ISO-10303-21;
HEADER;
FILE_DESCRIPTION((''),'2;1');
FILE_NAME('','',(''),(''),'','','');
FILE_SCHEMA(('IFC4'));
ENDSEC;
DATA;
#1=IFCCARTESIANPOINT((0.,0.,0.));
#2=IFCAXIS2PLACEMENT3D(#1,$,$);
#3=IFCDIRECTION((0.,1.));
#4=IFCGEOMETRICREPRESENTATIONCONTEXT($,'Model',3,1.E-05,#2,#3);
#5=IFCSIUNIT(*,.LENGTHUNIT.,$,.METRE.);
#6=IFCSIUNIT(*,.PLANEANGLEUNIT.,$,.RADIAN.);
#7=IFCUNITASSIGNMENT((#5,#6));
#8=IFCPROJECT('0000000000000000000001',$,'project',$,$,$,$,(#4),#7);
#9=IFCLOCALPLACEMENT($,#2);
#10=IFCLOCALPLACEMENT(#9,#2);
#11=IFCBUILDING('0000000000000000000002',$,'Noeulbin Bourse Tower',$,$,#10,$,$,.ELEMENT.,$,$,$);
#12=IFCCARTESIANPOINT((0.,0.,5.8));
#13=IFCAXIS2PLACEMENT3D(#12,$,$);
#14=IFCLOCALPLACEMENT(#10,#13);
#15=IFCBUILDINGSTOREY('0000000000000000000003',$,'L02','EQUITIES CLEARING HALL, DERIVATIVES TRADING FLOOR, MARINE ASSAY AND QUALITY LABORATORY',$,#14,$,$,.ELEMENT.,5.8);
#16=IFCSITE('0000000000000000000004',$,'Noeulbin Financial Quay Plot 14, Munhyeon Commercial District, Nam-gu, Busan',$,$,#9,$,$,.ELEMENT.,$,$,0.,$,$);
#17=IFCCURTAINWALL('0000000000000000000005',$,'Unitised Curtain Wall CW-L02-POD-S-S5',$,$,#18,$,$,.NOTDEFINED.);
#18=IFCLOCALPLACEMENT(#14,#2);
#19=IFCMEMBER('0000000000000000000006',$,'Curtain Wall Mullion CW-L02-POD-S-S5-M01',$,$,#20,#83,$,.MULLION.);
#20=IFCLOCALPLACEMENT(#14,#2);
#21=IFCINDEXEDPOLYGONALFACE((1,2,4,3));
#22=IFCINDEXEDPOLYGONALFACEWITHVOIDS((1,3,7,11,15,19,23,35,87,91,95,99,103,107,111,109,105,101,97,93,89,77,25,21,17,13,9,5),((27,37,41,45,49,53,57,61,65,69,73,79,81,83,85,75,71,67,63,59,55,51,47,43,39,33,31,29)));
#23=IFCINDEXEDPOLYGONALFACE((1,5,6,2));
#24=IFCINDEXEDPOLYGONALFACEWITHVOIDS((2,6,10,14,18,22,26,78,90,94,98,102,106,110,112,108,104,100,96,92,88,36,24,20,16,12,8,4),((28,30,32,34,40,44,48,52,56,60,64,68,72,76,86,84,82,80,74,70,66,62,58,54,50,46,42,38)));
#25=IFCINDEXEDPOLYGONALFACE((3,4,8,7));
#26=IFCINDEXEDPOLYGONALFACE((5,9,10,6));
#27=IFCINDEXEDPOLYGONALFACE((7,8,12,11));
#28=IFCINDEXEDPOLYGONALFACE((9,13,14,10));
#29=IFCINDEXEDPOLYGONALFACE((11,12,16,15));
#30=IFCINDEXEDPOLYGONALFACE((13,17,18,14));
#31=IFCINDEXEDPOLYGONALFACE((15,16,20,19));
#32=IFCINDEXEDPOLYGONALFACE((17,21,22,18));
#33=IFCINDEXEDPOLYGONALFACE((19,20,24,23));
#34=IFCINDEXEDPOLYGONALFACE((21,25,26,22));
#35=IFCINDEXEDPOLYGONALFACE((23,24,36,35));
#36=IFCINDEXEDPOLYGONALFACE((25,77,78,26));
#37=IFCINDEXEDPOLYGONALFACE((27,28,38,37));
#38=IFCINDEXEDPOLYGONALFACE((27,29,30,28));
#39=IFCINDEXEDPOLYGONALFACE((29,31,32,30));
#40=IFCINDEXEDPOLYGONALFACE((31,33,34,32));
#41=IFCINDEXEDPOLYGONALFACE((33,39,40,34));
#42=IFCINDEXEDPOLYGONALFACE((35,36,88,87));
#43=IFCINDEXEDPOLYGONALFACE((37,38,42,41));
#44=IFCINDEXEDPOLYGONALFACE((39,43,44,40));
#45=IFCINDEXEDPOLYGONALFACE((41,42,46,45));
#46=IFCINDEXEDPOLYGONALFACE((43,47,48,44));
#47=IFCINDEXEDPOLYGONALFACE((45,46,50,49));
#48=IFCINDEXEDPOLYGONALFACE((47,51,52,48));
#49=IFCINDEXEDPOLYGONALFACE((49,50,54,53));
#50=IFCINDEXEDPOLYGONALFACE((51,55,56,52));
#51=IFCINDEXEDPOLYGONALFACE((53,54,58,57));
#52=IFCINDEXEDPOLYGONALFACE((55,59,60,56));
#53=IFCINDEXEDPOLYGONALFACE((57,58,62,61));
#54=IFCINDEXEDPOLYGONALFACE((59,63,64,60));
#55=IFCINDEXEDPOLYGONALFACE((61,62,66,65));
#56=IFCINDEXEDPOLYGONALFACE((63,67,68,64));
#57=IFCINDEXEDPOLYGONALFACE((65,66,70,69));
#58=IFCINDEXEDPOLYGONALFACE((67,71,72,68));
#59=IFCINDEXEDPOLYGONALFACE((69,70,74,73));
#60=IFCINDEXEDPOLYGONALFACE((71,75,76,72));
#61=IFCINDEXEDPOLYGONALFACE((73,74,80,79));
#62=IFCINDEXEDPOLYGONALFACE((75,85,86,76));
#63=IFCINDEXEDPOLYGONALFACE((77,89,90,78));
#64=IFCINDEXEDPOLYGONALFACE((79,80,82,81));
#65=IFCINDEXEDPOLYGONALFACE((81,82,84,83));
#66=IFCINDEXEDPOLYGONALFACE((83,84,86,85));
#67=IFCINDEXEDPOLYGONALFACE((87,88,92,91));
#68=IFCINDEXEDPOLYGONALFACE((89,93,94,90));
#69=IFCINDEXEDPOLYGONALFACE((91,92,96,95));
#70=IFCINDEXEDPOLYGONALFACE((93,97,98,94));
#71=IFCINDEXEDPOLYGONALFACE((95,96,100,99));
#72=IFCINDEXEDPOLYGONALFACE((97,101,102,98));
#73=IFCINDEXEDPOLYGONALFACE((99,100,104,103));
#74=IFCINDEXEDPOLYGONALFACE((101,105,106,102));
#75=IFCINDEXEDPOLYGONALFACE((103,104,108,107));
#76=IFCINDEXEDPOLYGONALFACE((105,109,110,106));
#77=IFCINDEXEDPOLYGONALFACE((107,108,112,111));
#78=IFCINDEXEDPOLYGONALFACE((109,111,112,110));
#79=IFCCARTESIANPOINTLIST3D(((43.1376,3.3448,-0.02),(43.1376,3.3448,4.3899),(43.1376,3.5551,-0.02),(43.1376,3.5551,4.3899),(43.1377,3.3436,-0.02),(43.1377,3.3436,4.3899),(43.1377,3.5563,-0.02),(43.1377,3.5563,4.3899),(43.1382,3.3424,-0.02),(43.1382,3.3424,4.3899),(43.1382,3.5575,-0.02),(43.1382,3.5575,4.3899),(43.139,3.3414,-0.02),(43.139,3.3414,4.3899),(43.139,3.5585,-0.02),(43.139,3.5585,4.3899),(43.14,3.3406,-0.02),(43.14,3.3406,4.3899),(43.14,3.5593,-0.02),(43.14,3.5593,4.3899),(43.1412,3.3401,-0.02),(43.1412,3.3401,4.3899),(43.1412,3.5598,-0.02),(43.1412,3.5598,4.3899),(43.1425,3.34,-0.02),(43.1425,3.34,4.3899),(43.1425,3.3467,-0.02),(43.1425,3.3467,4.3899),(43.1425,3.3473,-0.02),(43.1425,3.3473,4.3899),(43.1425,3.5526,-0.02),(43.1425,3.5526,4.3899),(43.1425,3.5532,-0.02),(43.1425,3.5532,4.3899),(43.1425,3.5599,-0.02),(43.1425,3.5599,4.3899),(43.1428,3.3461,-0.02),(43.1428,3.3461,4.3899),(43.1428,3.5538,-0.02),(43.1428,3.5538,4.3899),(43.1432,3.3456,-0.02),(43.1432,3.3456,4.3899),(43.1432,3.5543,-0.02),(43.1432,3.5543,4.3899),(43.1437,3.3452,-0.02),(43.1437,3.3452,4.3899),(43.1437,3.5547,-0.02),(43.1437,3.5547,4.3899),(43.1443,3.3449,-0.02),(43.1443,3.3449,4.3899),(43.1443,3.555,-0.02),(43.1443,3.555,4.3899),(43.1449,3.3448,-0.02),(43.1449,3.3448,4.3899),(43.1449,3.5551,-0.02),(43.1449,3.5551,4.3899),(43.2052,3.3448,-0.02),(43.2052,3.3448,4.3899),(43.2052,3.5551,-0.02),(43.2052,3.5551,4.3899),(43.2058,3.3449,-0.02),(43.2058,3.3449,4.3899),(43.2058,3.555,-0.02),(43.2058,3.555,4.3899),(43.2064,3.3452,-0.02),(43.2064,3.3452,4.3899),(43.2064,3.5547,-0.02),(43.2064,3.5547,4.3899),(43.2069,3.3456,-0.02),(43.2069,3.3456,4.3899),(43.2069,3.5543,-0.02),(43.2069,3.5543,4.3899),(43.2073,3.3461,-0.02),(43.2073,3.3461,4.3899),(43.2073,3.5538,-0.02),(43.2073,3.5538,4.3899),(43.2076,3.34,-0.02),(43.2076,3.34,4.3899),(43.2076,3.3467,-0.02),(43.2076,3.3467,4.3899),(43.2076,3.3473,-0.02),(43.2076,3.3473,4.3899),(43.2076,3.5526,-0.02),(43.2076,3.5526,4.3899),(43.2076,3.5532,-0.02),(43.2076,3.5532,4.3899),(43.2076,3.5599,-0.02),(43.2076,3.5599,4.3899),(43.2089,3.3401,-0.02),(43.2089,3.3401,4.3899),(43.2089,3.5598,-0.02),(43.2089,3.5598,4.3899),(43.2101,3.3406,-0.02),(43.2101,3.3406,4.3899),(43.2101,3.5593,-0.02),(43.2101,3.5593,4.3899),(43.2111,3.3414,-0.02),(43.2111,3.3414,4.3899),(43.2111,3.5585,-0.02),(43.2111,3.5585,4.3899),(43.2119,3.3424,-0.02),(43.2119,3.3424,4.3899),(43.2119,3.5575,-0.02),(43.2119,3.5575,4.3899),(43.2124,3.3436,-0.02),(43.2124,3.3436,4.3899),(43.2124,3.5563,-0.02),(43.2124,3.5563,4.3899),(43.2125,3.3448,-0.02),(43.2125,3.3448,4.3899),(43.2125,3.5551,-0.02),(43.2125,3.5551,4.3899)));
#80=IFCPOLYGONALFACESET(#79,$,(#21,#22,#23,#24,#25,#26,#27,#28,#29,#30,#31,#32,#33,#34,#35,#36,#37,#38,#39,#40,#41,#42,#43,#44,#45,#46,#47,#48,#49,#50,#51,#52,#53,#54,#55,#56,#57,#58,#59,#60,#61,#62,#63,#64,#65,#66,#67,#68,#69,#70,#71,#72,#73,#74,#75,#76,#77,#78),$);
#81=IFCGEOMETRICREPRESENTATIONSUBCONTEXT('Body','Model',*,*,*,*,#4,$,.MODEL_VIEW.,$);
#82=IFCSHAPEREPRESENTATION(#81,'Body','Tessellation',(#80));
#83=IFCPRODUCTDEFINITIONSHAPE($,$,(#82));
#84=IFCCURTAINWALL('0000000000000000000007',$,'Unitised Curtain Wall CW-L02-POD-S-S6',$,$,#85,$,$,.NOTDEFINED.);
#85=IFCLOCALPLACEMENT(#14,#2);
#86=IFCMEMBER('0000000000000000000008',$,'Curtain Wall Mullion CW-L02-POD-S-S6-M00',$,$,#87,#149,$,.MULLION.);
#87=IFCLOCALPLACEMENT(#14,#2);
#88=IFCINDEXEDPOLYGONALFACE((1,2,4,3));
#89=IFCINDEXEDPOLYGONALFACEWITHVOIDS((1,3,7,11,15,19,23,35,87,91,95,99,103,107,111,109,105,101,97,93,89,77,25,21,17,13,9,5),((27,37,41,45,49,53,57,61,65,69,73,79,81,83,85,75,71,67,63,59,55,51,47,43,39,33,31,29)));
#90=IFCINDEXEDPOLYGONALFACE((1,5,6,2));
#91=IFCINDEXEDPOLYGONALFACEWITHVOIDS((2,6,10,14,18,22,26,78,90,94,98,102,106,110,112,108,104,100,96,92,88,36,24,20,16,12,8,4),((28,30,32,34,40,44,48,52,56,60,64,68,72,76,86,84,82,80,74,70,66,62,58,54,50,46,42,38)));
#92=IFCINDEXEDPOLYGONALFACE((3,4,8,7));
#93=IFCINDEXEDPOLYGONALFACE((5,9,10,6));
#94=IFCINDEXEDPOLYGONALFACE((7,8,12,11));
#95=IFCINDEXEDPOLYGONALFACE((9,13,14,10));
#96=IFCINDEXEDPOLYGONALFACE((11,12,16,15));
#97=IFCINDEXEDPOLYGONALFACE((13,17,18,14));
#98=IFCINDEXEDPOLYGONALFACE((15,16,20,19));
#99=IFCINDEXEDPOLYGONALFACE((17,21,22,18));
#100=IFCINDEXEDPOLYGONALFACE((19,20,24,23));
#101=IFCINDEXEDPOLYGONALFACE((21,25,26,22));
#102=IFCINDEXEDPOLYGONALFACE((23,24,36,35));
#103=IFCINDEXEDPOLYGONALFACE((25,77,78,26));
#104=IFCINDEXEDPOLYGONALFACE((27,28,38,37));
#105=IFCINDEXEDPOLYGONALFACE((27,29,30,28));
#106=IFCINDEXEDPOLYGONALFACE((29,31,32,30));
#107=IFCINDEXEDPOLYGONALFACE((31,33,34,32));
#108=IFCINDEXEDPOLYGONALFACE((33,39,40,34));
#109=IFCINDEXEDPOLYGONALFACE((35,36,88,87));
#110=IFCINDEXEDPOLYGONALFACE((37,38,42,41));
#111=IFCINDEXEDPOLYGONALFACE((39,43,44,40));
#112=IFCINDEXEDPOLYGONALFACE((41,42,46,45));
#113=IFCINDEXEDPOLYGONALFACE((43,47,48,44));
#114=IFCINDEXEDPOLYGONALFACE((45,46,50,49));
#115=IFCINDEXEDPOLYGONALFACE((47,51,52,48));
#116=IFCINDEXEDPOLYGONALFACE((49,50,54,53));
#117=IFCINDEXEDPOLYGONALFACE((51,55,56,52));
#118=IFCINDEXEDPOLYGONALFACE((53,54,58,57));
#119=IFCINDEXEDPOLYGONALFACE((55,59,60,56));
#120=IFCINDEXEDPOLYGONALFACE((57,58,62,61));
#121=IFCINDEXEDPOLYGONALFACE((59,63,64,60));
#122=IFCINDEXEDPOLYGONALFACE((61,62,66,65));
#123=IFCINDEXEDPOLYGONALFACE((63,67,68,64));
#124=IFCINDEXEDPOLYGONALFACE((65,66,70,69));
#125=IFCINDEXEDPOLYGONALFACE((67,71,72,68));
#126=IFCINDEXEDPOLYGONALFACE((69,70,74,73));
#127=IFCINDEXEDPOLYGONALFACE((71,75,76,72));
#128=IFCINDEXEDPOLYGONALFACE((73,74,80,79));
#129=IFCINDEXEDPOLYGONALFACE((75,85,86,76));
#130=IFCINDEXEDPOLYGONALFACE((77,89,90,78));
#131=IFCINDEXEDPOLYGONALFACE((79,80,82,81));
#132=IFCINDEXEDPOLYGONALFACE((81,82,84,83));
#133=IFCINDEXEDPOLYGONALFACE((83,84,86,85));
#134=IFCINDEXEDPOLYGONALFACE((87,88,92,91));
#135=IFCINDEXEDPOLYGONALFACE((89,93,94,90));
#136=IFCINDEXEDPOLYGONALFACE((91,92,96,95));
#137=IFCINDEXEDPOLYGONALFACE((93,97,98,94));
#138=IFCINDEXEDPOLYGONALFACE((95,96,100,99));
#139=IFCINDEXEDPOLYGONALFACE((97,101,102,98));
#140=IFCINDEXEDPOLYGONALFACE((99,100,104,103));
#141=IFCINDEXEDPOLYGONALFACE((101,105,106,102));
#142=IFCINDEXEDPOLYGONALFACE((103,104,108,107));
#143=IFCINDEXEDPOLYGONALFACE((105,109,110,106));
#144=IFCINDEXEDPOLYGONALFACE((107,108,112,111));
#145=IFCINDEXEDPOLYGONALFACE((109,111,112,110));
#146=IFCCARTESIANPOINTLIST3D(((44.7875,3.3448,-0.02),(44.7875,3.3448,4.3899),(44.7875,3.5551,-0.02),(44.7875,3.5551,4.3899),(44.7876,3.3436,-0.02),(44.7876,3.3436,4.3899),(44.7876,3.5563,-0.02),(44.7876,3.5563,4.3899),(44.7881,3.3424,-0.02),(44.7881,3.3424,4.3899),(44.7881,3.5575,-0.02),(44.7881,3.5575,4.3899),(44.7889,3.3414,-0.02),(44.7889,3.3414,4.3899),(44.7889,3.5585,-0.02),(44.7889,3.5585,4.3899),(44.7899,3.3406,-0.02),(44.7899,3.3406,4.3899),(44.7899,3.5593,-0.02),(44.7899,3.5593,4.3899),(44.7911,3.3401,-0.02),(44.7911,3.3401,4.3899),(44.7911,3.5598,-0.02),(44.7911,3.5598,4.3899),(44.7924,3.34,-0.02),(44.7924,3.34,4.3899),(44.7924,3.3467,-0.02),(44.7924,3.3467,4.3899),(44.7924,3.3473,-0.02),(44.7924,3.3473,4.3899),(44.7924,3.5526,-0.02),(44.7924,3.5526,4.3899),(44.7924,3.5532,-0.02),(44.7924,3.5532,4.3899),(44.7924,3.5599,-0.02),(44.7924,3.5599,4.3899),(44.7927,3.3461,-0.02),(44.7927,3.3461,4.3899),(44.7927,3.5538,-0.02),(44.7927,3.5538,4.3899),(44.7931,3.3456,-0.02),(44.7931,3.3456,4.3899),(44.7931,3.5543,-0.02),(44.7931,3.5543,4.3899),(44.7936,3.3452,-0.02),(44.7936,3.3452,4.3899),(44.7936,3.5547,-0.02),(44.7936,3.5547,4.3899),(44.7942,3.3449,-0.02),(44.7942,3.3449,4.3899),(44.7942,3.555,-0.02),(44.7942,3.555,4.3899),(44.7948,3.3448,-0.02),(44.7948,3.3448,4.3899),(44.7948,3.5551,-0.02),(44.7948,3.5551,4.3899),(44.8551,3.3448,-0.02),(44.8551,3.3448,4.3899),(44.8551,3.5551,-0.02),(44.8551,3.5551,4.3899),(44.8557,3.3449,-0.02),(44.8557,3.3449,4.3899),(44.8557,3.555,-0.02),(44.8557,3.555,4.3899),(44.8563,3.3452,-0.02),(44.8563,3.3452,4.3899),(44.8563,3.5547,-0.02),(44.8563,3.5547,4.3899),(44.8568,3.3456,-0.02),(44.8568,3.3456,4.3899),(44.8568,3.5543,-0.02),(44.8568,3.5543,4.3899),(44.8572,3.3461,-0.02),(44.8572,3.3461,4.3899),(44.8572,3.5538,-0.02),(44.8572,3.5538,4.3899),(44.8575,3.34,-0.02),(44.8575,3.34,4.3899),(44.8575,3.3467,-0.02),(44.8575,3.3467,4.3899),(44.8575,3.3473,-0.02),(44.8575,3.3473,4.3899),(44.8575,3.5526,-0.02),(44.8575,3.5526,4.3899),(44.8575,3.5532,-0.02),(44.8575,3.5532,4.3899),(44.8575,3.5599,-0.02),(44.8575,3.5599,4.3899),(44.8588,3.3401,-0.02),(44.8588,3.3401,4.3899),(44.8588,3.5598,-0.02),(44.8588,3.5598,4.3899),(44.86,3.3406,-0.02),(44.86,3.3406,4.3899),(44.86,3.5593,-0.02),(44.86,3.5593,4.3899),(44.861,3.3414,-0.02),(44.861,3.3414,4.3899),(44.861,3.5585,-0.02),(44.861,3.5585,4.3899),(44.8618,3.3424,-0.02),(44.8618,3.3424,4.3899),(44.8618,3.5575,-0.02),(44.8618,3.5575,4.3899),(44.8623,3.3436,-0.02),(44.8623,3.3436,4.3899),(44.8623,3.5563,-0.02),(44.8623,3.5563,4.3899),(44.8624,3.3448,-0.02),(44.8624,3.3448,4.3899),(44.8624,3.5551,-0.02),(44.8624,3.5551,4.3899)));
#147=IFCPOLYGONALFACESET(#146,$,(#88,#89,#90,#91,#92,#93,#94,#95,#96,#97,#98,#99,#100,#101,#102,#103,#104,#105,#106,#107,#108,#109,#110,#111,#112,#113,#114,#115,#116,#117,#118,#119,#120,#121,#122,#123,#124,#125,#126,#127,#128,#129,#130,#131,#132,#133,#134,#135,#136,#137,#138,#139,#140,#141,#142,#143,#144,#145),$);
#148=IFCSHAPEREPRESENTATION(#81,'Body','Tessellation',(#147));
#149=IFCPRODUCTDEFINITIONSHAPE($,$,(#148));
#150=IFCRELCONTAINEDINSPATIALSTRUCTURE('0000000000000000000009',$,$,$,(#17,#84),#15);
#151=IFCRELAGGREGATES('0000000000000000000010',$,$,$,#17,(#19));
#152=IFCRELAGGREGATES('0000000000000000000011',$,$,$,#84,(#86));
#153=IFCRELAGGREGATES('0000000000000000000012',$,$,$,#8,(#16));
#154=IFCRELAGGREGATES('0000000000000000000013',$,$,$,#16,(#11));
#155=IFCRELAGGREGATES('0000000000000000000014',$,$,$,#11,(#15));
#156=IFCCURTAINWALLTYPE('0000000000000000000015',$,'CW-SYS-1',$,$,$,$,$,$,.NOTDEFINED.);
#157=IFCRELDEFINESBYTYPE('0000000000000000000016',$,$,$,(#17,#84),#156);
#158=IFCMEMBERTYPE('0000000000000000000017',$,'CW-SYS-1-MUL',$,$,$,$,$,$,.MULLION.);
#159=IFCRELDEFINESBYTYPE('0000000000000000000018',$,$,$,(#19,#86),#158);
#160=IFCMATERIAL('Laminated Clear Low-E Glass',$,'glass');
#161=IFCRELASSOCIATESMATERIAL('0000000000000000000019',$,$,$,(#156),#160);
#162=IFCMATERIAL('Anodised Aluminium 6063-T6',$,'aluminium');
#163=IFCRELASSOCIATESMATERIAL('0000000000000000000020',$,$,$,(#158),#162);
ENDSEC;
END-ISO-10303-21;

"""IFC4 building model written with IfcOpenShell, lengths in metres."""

from ifc_helpers import new_model, si_unit, direction, frame, origin, origin_2d, place, context, subcontext, project, spatial, hollow_rectangle, extrude, material, material_profile, profile_set, type_object, element, aggregate, save


model = new_model("IFC4")

# Units and contexts
model_context = context("Model", 3, precision=1e-05, world=origin(), true_north=direction((0.0, 1.0)))
body_context = subcontext(model_context, "Body", "Model", "MODEL_VIEW")
ifc_project = project(units=[si_unit("LENGTHUNIT", "METRE"), si_unit("PLANEANGLEUNIT", "RADIAN")], contexts=[model_context])

# Site, building, storey
site_placement = place(None, origin())
site = spatial("IfcSite", under=ifc_project, at=site_placement, Name="Noeulbin Financial Quay Plot 14, Munhyeon Commercial District, Nam-gu, Busan", CompositionType="ELEMENT", RefElevation=0.0)
building_placement = place(site_placement, origin())
building = spatial("IfcBuilding", under=site, at=building_placement, Name="Noeulbin Bourse Tower", CompositionType="ELEMENT")
storey_placement = place(building_placement, frame((0.0, 0.0, 5.8)))
storey = spatial("IfcBuildingStorey", under=building, at=storey_placement, Name="L02", Description="EQUITIES CLEARING HALL, DERIVATIVES TRADING FLOOR, MARINE ASSAY AND QUALITY LABORATORY", CompositionType="ELEMENT", Elevation=5.8)

# Curtain wall, member
ifc_material_1 = material(Name="Laminated Clear Low-E Glass", Category="glass")
curtain_wall_type = type_object("IfcCurtainWallType", Name="CW-SYS-1", PredefinedType="NOTDEFINED", material=ifc_material_1)
curtain_wall_1_placement = place(storey_placement, origin())
curtain_wall_1 = element("IfcCurtainWall", 1, at=curtain_wall_1_placement, inside=storey, type_object=curtain_wall_type, Name="Unitised Curtain Wall CW-L02-POD-S-S5", PredefinedType="NOTDEFINED")
ifc_material_2 = material(Name="Anodised Aluminium 6063-T6", Category="aluminium")
ifc_material_profile_1 = material_profile(ifc_material_2, hollow_rectangle(XDim=0.075, YDim=0.22, WallThickness=0.0049, InnerFilletRadius=0.0024, OuterFilletRadius=0.0049, at=origin_2d()), Name="ALU-MULL-75x220x5", Category="LoadBearing")
ifc_profile_set_1 = profile_set([ifc_material_profile_1], Name="Anodised Aluminium 6063-T6")
member_type_1 = type_object("IfcMemberType", Name="CW-SYS-1-MUL", PredefinedType="MULLION", material=ifc_profile_set_1)
member_1_placement = place(storey_placement, frame((43.175, 3.45, -0.02), z_axis=(0.0, 0.0, 1.0), x_axis=(1.0, 0.0, 0.0)))
member_1 = element("IfcMember", 2, at=member_1_placement, type_object=member_type_1, Name="Curtain Wall Mullion CW-L02-POD-S-S5-M01", PredefinedType="MULLION", context=body_context, shape_type="SweptSolid", body=[
    extrude(hollow_rectangle(XDim=0.075, YDim=0.22, WallThickness=0.0049, InnerFilletRadius=0.0024, OuterFilletRadius=0.0049, at=origin_2d()), origin(), (0.0, 0.0, 1.0), 4.4099),
])

# Curtain wall, member
curtain_wall_2_placement = place(storey_placement, origin())
curtain_wall_2 = element("IfcCurtainWall", 3, at=curtain_wall_2_placement, inside=storey, type_object=curtain_wall_type, Name="Unitised Curtain Wall CW-L02-POD-S-S6", PredefinedType="NOTDEFINED")
member_2_placement = place(storey_placement, frame((44.825, 3.45, -0.02), z_axis=(0.0, 0.0, 1.0), x_axis=(1.0, 0.0, 0.0)))
member_2 = element("IfcMember", 4, at=member_2_placement, type_object=member_type_1, Name="Curtain Wall Mullion CW-L02-POD-S-S6-M00", PredefinedType="MULLION", context=body_context, shape_type="SweptSolid", body=[
    extrude(hollow_rectangle(XDim=0.075, YDim=0.22, WallThickness=0.0049, InnerFilletRadius=0.0024, OuterFilletRadius=0.0049, at=origin_2d()), origin(), (0.0, 0.0, 1.0), 4.4099),
])

aggregate(curtain_wall_1, [member_1])
aggregate(curtain_wall_2, [member_2])

save(model, "model.ifc")
